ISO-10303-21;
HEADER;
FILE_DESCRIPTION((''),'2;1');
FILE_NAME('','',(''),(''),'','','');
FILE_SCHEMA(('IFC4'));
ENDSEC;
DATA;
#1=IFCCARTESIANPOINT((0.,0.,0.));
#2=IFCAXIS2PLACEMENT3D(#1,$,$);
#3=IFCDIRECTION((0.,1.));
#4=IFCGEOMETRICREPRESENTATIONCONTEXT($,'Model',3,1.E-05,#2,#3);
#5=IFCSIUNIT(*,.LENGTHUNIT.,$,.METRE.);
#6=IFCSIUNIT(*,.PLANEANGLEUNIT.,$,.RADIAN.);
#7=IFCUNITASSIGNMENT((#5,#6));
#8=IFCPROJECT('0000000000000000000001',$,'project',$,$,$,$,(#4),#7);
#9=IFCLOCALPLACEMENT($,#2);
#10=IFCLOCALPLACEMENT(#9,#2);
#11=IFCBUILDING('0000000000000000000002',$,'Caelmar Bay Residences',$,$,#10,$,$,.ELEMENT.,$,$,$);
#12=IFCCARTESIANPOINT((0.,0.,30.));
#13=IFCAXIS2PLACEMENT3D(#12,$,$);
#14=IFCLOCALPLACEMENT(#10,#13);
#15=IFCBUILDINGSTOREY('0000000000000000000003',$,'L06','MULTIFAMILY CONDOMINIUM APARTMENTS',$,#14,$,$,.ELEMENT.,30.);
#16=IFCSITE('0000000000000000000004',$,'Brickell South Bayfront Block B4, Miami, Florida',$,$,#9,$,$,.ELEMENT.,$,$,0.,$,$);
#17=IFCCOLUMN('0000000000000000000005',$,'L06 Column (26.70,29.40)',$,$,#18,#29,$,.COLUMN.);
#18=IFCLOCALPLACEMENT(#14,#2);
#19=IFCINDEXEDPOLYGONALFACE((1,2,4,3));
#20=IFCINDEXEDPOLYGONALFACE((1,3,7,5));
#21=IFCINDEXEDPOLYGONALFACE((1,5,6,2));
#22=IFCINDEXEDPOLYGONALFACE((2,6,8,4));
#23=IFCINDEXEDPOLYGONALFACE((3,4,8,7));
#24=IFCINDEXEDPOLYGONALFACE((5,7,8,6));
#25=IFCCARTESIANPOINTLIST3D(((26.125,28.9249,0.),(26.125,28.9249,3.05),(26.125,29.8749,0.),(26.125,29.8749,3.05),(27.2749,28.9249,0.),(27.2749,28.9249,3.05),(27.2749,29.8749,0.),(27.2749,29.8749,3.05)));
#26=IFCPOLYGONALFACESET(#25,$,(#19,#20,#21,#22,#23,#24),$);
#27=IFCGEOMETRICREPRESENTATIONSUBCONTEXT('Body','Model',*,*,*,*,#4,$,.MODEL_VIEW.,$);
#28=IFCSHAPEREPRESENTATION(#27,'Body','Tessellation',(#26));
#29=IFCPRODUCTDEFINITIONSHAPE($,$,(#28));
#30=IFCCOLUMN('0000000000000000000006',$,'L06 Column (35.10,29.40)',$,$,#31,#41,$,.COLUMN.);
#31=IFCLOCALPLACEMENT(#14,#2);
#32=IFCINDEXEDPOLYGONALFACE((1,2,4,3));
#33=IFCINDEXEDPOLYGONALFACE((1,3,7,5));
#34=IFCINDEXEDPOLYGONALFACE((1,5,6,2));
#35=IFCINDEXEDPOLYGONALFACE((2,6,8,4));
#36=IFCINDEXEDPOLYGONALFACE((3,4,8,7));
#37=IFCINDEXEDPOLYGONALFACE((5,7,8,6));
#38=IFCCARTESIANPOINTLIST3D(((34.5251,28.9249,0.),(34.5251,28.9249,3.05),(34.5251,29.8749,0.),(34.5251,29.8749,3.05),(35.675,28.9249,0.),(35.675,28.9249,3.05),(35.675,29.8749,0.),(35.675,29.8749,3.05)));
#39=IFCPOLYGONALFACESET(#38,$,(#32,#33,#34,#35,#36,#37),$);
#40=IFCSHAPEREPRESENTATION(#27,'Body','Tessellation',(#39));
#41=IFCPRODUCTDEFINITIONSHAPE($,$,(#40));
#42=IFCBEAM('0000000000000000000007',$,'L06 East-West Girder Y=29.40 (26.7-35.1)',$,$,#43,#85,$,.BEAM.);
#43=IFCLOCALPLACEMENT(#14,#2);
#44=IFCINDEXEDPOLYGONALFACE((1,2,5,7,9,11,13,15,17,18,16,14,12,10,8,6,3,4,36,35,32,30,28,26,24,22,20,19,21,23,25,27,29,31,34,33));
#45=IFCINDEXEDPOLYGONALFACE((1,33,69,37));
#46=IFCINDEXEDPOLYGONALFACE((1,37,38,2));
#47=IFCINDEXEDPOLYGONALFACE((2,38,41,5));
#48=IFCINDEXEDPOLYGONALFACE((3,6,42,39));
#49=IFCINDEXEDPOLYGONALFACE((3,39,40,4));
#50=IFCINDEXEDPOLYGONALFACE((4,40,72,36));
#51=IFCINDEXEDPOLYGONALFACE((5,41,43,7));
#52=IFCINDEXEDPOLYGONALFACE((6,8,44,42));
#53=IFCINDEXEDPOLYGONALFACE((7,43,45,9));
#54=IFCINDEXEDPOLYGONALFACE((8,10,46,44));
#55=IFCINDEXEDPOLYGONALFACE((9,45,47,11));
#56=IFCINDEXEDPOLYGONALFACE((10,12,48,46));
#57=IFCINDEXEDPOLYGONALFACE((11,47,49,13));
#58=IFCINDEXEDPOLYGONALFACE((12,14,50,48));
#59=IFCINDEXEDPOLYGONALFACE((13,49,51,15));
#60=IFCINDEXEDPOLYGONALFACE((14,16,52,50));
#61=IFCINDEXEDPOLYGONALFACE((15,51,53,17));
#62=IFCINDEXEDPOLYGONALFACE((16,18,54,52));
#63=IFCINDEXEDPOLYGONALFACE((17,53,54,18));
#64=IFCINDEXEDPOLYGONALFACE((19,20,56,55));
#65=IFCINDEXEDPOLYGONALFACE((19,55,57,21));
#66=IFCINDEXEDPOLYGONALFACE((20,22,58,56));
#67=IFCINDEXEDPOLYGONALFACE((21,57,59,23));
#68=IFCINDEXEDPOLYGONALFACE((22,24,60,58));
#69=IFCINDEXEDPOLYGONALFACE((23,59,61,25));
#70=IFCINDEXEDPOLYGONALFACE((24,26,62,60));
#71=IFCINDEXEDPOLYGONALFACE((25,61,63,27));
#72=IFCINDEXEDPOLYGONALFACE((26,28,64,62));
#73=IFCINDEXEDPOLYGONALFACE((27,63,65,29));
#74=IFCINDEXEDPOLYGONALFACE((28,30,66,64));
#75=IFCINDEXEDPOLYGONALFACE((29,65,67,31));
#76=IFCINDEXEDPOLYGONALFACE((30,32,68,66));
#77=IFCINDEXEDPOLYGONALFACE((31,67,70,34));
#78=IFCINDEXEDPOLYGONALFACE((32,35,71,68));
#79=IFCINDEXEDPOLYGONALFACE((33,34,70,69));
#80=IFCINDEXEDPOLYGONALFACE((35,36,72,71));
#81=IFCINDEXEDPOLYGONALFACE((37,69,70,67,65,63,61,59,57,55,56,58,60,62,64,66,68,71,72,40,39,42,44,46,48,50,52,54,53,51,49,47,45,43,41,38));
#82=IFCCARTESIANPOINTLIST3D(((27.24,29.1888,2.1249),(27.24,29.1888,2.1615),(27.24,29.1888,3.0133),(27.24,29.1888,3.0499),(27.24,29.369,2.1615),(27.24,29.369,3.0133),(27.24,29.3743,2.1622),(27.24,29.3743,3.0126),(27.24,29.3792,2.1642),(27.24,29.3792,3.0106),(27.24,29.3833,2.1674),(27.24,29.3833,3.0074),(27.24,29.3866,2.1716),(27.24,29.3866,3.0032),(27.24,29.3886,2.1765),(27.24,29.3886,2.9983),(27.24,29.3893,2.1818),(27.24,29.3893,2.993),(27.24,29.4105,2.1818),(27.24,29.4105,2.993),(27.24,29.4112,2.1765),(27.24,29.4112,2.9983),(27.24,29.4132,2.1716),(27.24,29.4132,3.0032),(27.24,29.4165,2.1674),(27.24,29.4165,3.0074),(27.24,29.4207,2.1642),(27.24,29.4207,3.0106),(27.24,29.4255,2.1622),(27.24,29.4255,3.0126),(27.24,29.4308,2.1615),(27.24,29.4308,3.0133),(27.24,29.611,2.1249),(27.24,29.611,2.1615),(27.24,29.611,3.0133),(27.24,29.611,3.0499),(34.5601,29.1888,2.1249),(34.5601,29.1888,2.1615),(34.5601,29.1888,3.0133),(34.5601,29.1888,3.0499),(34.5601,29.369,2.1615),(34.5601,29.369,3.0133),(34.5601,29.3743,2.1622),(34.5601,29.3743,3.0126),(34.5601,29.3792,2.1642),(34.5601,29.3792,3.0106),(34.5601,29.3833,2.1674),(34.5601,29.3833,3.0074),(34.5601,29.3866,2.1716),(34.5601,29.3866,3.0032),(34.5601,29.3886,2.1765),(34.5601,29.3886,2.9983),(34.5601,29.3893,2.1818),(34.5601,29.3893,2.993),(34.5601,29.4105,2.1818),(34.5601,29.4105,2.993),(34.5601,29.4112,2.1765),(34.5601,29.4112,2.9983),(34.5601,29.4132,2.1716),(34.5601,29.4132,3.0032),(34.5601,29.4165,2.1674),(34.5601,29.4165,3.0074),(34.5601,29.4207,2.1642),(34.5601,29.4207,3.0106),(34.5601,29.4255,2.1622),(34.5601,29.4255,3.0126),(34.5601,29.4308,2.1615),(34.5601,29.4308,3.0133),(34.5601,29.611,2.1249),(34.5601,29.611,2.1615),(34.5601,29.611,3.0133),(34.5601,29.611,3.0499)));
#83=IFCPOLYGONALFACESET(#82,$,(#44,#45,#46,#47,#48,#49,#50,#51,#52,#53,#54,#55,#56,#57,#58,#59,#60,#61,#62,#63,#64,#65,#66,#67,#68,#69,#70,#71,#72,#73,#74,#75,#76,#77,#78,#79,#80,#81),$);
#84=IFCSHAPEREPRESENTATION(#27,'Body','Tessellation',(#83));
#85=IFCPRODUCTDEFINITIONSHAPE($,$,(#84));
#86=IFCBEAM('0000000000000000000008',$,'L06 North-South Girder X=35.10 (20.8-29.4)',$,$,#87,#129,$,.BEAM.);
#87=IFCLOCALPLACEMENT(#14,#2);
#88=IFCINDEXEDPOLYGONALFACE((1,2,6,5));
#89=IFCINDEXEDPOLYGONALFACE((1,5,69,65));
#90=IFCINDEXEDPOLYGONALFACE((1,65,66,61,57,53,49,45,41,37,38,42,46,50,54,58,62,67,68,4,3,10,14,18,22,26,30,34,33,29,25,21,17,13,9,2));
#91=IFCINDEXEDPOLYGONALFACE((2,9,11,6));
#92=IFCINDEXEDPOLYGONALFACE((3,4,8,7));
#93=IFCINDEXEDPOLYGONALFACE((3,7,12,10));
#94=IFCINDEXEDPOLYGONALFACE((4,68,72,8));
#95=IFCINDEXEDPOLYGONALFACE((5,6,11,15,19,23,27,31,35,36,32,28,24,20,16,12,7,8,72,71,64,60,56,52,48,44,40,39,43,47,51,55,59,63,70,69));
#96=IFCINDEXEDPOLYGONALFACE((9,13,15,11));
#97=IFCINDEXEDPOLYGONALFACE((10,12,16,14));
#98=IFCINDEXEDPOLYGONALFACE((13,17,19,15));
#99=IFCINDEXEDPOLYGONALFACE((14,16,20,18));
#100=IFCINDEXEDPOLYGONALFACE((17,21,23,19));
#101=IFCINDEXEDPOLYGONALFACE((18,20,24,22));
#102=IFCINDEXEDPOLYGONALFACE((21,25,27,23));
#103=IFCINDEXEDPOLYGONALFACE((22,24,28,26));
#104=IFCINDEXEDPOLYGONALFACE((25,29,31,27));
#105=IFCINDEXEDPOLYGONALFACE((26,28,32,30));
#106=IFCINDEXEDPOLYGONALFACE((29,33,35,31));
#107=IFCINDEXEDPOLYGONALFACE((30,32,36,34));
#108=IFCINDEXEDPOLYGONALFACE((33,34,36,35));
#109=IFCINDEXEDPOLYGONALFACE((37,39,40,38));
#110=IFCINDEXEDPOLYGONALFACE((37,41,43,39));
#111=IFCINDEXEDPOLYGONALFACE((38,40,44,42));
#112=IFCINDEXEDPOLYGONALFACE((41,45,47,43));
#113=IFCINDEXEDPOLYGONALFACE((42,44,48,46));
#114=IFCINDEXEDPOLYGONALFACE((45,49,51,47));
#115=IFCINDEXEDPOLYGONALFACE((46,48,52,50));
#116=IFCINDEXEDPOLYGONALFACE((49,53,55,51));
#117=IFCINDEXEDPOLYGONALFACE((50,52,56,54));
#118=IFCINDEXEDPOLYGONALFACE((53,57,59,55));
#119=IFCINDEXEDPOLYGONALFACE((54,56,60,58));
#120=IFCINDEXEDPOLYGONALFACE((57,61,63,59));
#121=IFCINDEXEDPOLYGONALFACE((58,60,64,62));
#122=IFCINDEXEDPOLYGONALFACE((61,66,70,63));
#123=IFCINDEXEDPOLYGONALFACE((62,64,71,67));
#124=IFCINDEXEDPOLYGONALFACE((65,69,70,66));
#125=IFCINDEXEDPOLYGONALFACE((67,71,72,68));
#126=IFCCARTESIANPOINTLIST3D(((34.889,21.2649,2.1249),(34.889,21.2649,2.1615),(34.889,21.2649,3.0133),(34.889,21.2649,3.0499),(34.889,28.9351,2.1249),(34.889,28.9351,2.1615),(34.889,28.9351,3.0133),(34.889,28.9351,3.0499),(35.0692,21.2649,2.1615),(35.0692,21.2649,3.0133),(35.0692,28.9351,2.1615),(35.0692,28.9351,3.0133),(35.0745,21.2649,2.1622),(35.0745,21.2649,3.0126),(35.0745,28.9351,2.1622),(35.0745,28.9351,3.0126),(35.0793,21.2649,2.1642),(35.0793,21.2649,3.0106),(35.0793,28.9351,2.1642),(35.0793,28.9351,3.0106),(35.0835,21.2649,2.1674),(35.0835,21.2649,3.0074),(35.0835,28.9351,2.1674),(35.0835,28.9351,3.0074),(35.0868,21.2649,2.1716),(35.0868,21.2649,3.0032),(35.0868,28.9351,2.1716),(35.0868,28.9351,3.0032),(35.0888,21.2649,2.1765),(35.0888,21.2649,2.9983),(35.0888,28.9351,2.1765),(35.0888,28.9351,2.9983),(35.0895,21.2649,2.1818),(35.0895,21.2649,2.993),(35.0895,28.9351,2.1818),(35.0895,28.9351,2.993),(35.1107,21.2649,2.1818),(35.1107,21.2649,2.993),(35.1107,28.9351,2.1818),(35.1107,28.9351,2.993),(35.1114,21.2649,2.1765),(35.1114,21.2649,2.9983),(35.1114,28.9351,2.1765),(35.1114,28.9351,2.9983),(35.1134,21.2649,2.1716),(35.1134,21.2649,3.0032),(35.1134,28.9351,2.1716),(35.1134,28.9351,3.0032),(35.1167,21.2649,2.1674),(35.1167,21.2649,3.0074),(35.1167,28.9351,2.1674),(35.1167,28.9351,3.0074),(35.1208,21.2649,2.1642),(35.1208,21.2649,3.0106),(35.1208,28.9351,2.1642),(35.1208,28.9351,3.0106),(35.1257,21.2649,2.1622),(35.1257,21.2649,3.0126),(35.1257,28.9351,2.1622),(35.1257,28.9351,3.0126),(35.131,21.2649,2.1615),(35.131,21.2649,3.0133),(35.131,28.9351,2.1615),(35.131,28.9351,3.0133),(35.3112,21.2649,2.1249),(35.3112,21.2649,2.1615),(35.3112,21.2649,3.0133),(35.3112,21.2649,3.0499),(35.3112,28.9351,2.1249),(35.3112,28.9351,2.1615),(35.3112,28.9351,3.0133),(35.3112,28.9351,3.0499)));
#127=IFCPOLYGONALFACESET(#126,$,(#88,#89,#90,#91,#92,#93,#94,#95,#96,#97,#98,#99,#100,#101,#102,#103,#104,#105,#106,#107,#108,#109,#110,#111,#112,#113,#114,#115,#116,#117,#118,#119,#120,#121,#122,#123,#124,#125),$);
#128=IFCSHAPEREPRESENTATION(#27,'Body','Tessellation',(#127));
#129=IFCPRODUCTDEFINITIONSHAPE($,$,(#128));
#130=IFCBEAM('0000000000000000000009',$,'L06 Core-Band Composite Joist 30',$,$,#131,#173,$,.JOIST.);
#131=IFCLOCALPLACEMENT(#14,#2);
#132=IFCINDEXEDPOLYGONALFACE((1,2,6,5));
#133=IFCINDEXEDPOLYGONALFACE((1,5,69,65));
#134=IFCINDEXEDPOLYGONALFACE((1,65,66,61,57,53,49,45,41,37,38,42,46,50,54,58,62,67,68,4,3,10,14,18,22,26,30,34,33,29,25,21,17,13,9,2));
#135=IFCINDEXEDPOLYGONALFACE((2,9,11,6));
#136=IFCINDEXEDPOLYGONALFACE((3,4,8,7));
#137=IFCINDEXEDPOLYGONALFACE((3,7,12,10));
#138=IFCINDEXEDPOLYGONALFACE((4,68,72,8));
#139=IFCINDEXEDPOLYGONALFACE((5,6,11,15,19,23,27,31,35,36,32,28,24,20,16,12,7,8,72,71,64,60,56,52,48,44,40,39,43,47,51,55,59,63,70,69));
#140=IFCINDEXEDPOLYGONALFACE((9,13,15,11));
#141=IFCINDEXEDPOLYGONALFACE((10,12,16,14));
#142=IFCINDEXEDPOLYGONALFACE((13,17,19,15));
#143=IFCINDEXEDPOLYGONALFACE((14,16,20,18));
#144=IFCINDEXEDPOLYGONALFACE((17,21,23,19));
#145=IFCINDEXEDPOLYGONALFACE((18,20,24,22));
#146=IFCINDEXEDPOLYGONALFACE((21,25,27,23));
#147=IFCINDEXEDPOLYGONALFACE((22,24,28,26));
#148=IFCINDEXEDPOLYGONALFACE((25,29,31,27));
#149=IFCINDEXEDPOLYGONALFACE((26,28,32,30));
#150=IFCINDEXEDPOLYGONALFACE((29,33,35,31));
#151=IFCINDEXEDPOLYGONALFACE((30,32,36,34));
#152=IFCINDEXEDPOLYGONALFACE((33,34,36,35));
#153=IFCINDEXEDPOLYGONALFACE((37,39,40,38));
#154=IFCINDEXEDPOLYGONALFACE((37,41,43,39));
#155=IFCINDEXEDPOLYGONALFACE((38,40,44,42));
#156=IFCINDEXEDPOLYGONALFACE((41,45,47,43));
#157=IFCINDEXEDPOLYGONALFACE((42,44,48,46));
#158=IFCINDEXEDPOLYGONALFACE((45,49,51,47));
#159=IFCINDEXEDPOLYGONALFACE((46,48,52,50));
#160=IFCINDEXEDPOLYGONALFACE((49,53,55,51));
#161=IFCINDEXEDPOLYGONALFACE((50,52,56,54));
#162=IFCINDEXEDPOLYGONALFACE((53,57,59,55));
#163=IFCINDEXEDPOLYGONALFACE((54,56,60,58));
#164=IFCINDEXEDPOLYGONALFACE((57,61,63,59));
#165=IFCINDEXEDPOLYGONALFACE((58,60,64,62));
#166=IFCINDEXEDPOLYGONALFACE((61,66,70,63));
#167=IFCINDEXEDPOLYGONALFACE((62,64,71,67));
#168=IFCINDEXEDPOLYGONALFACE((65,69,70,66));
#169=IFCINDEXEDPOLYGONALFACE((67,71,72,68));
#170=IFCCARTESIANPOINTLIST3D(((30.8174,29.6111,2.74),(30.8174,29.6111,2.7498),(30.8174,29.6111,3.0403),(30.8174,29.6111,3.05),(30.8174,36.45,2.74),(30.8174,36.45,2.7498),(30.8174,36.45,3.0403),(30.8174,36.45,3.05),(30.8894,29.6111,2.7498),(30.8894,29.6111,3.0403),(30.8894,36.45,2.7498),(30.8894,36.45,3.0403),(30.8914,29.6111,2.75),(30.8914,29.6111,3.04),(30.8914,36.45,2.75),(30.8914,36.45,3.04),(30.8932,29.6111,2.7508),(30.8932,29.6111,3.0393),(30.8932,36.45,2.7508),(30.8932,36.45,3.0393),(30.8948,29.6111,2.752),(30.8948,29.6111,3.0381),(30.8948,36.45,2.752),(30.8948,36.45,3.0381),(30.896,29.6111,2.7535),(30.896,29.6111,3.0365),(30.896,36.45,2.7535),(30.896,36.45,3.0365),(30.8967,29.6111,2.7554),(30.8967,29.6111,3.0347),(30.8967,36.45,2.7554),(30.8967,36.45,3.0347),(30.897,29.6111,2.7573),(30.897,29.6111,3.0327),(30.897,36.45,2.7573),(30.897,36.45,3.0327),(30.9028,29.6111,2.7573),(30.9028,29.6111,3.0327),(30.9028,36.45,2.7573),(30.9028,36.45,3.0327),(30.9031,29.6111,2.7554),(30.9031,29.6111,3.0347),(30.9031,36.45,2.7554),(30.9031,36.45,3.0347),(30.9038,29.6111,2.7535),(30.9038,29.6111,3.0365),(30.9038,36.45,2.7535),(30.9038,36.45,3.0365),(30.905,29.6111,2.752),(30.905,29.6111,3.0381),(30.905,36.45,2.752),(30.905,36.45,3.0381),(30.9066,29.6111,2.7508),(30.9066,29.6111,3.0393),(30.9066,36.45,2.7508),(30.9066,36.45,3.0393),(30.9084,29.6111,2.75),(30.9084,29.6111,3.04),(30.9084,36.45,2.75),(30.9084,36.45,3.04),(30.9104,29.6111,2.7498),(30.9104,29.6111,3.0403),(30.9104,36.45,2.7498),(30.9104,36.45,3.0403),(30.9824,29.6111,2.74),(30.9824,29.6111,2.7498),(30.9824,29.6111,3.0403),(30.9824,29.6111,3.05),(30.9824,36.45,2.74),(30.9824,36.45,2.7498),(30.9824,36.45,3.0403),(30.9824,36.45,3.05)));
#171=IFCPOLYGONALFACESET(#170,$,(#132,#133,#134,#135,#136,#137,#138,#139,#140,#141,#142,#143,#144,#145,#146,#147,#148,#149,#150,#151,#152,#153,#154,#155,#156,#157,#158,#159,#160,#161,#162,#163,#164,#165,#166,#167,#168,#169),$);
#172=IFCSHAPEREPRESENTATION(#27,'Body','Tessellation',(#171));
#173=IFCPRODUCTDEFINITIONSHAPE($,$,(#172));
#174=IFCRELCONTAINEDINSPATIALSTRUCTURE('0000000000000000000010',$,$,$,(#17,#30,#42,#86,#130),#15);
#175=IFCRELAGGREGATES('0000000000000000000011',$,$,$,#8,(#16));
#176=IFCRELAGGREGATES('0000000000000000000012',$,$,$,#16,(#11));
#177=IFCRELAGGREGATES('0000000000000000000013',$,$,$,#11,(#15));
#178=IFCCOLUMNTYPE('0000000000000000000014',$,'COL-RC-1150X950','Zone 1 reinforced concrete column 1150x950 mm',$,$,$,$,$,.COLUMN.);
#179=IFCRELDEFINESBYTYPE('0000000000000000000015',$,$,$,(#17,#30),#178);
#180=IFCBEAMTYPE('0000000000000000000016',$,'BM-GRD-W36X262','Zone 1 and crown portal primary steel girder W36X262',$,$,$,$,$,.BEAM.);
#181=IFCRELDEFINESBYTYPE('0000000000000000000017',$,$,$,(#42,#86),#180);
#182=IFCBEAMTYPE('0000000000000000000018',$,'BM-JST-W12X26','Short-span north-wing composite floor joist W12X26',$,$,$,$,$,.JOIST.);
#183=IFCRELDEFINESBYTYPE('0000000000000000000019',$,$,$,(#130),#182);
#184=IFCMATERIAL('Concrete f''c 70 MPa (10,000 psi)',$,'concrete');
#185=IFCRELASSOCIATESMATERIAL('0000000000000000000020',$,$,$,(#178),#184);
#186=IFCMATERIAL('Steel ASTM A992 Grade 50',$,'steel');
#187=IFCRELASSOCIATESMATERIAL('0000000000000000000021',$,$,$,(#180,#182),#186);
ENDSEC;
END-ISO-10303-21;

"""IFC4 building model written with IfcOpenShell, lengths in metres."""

from ifc_helpers import new_model, si_unit, direction, frame, origin, origin_2d, place, context, subcontext, project, spatial, rectangle, i_section, extrude, material, material_profile, profile_set, type_object, element, save


model = new_model("IFC4")

# Units and contexts
model_context = context("Model", 3, precision=1e-05, world=origin(), true_north=direction((0.0, 1.0)))
body_context = subcontext(model_context, "Body", "Model", "MODEL_VIEW")
ifc_project = project(units=[si_unit("LENGTHUNIT", "METRE"), si_unit("PLANEANGLEUNIT", "RADIAN")], contexts=[model_context])

# Site, building, storey
site_placement = place(None, origin())
site = spatial("IfcSite", under=ifc_project, at=site_placement, Name="Brickell South Bayfront Block B4, Miami, Florida", CompositionType="ELEMENT", RefElevation=0.0)
building_placement = place(site_placement, origin())
building = spatial("IfcBuilding", under=site, at=building_placement, Name="Caelmar Bay Residences", CompositionType="ELEMENT")
storey_placement = place(building_placement, frame((0.0, 0.0, 30.0)))
storey = spatial("IfcBuildingStorey", under=building, at=storey_placement, Name="L06", Description="MULTIFAMILY CONDOMINIUM APARTMENTS", CompositionType="ELEMENT", Elevation=30.0)

# Columns
ifc_material_1 = material(Name="Concrete f'c 70 MPa (10,000 psi)", Category="concrete")
ifc_material_profile_1 = material_profile(ifc_material_1, rectangle(XDim=1.1499, YDim=0.95, at=origin_2d()), Name="RC-COL-1150X950")
ifc_profile_set_1 = profile_set([ifc_material_profile_1], Name="Concrete f'c 70 MPa (10,000 psi)")
column_type = type_object("IfcColumnType", Name="COL-RC-1150X950", Description="Zone 1 reinforced concrete column 1150x950 mm", PredefinedType="COLUMN", material=ifc_profile_set_1)
for number, where, z_axis, x_axis, name in (
    (1, (26.7, 29.3999, 0.0), (0.0, 0.0, 1.0), (1.0, 0.0, 0.0), "L06 Column (26.70,29.40)"),
    (2, (35.1001, 29.3999, 0.0), (0.0, 0.0, 1.0), (1.0, 0.0, 0.0), "L06 Column (35.10,29.40)"),
):
    element("IfcColumn", number, at=place(storey_placement, frame(where, z_axis=z_axis, x_axis=x_axis)), inside=storey, type_object=column_type, Name=name, PredefinedType="COLUMN", context=body_context, shape_type="SweptSolid", body=[
        extrude(rectangle(XDim=1.1499, YDim=0.95, at=origin_2d()), origin(), (0.0, 0.0, 1.0), 3.05),
    ])

# Beams
ifc_material_2 = material(Name="Steel ASTM A992 Grade 50", Category="steel")
ifc_material_profile_2 = material_profile(ifc_material_2, i_section(OverallWidth=0.4221, OverallDepth=0.925, WebThickness=0.0212, FlangeThickness=0.0366, FilletRadius=0.0203, at=origin_2d()), Name="W36X262")
ifc_profile_set_2 = profile_set([ifc_material_profile_2], Name="Steel ASTM A992 Grade 50")
beam_type_1 = type_object("IfcBeamType", Name="BM-GRD-W36X262", Description="Zone 1 and crown portal primary steel girder W36X262", PredefinedType="BEAM", material=ifc_profile_set_2)
beam_1_placement = place(storey_placement, frame((27.24, 29.3999, 2.5874), z_axis=(1.0, 0.0, 0.0), x_axis=(0.0, 1.0, 0.0)))
element("IfcBeam", 3, at=beam_1_placement, inside=storey, type_object=beam_type_1, Name="L06 East-West Girder Y=29.40 (26.7-35.1)", PredefinedType="BEAM", context=body_context, shape_type="SweptSolid", body=[
    extrude(i_section(OverallWidth=0.4221, OverallDepth=0.925, WebThickness=0.0212, FlangeThickness=0.0366, FilletRadius=0.0203, at=origin_2d()), origin(), (0.0, 0.0, 1.0), 7.3201),
])
beam_2_placement = place(storey_placement, frame((35.1001, 21.2649, 2.5874), z_axis=(0.0, 1.0, 0.0), x_axis=(-1.0, 0.0, 0.0)))
element("IfcBeam", 4, at=beam_2_placement, inside=storey, type_object=beam_type_1, Name="L06 North-South Girder X=35.10 (20.8-29.4)", PredefinedType="BEAM", context=body_context, shape_type="SweptSolid", body=[
    extrude(i_section(OverallWidth=0.4221, OverallDepth=0.925, WebThickness=0.0212, FlangeThickness=0.0366, FilletRadius=0.0203, at=origin_2d()), origin(), (0.0, 0.0, 1.0), 7.6702),
])
ifc_material_profile_3 = material_profile(ifc_material_2, i_section(OverallWidth=0.165, OverallDepth=0.3101, WebThickness=0.0059, FlangeThickness=0.0098, FilletRadius=0.0076, at=origin_2d()), Name="W12X26")
ifc_profile_set_3 = profile_set([ifc_material_profile_3], Name="Steel ASTM A992 Grade 50")
beam_type_2 = type_object("IfcBeamType", Name="BM-JST-W12X26", Description="Short-span north-wing composite floor joist W12X26", PredefinedType="JOIST", material=ifc_profile_set_3)
beam_3_placement = place(storey_placement, frame((30.8999, 29.6111, 2.895), z_axis=(0.0, 1.0, 0.0), x_axis=(-1.0, 0.0, 0.0)))
element("IfcBeam", 5, at=beam_3_placement, inside=storey, type_object=beam_type_2, Name="L06 Core-Band Composite Joist 30", PredefinedType="JOIST", context=body_context, shape_type="SweptSolid", body=[
    extrude(i_section(OverallWidth=0.165, OverallDepth=0.3101, WebThickness=0.0059, FlangeThickness=0.0098, FilletRadius=0.0076, at=origin_2d()), origin(), (0.0, 0.0, 1.0), 6.8389),
])

save(model, "model.ifc")
